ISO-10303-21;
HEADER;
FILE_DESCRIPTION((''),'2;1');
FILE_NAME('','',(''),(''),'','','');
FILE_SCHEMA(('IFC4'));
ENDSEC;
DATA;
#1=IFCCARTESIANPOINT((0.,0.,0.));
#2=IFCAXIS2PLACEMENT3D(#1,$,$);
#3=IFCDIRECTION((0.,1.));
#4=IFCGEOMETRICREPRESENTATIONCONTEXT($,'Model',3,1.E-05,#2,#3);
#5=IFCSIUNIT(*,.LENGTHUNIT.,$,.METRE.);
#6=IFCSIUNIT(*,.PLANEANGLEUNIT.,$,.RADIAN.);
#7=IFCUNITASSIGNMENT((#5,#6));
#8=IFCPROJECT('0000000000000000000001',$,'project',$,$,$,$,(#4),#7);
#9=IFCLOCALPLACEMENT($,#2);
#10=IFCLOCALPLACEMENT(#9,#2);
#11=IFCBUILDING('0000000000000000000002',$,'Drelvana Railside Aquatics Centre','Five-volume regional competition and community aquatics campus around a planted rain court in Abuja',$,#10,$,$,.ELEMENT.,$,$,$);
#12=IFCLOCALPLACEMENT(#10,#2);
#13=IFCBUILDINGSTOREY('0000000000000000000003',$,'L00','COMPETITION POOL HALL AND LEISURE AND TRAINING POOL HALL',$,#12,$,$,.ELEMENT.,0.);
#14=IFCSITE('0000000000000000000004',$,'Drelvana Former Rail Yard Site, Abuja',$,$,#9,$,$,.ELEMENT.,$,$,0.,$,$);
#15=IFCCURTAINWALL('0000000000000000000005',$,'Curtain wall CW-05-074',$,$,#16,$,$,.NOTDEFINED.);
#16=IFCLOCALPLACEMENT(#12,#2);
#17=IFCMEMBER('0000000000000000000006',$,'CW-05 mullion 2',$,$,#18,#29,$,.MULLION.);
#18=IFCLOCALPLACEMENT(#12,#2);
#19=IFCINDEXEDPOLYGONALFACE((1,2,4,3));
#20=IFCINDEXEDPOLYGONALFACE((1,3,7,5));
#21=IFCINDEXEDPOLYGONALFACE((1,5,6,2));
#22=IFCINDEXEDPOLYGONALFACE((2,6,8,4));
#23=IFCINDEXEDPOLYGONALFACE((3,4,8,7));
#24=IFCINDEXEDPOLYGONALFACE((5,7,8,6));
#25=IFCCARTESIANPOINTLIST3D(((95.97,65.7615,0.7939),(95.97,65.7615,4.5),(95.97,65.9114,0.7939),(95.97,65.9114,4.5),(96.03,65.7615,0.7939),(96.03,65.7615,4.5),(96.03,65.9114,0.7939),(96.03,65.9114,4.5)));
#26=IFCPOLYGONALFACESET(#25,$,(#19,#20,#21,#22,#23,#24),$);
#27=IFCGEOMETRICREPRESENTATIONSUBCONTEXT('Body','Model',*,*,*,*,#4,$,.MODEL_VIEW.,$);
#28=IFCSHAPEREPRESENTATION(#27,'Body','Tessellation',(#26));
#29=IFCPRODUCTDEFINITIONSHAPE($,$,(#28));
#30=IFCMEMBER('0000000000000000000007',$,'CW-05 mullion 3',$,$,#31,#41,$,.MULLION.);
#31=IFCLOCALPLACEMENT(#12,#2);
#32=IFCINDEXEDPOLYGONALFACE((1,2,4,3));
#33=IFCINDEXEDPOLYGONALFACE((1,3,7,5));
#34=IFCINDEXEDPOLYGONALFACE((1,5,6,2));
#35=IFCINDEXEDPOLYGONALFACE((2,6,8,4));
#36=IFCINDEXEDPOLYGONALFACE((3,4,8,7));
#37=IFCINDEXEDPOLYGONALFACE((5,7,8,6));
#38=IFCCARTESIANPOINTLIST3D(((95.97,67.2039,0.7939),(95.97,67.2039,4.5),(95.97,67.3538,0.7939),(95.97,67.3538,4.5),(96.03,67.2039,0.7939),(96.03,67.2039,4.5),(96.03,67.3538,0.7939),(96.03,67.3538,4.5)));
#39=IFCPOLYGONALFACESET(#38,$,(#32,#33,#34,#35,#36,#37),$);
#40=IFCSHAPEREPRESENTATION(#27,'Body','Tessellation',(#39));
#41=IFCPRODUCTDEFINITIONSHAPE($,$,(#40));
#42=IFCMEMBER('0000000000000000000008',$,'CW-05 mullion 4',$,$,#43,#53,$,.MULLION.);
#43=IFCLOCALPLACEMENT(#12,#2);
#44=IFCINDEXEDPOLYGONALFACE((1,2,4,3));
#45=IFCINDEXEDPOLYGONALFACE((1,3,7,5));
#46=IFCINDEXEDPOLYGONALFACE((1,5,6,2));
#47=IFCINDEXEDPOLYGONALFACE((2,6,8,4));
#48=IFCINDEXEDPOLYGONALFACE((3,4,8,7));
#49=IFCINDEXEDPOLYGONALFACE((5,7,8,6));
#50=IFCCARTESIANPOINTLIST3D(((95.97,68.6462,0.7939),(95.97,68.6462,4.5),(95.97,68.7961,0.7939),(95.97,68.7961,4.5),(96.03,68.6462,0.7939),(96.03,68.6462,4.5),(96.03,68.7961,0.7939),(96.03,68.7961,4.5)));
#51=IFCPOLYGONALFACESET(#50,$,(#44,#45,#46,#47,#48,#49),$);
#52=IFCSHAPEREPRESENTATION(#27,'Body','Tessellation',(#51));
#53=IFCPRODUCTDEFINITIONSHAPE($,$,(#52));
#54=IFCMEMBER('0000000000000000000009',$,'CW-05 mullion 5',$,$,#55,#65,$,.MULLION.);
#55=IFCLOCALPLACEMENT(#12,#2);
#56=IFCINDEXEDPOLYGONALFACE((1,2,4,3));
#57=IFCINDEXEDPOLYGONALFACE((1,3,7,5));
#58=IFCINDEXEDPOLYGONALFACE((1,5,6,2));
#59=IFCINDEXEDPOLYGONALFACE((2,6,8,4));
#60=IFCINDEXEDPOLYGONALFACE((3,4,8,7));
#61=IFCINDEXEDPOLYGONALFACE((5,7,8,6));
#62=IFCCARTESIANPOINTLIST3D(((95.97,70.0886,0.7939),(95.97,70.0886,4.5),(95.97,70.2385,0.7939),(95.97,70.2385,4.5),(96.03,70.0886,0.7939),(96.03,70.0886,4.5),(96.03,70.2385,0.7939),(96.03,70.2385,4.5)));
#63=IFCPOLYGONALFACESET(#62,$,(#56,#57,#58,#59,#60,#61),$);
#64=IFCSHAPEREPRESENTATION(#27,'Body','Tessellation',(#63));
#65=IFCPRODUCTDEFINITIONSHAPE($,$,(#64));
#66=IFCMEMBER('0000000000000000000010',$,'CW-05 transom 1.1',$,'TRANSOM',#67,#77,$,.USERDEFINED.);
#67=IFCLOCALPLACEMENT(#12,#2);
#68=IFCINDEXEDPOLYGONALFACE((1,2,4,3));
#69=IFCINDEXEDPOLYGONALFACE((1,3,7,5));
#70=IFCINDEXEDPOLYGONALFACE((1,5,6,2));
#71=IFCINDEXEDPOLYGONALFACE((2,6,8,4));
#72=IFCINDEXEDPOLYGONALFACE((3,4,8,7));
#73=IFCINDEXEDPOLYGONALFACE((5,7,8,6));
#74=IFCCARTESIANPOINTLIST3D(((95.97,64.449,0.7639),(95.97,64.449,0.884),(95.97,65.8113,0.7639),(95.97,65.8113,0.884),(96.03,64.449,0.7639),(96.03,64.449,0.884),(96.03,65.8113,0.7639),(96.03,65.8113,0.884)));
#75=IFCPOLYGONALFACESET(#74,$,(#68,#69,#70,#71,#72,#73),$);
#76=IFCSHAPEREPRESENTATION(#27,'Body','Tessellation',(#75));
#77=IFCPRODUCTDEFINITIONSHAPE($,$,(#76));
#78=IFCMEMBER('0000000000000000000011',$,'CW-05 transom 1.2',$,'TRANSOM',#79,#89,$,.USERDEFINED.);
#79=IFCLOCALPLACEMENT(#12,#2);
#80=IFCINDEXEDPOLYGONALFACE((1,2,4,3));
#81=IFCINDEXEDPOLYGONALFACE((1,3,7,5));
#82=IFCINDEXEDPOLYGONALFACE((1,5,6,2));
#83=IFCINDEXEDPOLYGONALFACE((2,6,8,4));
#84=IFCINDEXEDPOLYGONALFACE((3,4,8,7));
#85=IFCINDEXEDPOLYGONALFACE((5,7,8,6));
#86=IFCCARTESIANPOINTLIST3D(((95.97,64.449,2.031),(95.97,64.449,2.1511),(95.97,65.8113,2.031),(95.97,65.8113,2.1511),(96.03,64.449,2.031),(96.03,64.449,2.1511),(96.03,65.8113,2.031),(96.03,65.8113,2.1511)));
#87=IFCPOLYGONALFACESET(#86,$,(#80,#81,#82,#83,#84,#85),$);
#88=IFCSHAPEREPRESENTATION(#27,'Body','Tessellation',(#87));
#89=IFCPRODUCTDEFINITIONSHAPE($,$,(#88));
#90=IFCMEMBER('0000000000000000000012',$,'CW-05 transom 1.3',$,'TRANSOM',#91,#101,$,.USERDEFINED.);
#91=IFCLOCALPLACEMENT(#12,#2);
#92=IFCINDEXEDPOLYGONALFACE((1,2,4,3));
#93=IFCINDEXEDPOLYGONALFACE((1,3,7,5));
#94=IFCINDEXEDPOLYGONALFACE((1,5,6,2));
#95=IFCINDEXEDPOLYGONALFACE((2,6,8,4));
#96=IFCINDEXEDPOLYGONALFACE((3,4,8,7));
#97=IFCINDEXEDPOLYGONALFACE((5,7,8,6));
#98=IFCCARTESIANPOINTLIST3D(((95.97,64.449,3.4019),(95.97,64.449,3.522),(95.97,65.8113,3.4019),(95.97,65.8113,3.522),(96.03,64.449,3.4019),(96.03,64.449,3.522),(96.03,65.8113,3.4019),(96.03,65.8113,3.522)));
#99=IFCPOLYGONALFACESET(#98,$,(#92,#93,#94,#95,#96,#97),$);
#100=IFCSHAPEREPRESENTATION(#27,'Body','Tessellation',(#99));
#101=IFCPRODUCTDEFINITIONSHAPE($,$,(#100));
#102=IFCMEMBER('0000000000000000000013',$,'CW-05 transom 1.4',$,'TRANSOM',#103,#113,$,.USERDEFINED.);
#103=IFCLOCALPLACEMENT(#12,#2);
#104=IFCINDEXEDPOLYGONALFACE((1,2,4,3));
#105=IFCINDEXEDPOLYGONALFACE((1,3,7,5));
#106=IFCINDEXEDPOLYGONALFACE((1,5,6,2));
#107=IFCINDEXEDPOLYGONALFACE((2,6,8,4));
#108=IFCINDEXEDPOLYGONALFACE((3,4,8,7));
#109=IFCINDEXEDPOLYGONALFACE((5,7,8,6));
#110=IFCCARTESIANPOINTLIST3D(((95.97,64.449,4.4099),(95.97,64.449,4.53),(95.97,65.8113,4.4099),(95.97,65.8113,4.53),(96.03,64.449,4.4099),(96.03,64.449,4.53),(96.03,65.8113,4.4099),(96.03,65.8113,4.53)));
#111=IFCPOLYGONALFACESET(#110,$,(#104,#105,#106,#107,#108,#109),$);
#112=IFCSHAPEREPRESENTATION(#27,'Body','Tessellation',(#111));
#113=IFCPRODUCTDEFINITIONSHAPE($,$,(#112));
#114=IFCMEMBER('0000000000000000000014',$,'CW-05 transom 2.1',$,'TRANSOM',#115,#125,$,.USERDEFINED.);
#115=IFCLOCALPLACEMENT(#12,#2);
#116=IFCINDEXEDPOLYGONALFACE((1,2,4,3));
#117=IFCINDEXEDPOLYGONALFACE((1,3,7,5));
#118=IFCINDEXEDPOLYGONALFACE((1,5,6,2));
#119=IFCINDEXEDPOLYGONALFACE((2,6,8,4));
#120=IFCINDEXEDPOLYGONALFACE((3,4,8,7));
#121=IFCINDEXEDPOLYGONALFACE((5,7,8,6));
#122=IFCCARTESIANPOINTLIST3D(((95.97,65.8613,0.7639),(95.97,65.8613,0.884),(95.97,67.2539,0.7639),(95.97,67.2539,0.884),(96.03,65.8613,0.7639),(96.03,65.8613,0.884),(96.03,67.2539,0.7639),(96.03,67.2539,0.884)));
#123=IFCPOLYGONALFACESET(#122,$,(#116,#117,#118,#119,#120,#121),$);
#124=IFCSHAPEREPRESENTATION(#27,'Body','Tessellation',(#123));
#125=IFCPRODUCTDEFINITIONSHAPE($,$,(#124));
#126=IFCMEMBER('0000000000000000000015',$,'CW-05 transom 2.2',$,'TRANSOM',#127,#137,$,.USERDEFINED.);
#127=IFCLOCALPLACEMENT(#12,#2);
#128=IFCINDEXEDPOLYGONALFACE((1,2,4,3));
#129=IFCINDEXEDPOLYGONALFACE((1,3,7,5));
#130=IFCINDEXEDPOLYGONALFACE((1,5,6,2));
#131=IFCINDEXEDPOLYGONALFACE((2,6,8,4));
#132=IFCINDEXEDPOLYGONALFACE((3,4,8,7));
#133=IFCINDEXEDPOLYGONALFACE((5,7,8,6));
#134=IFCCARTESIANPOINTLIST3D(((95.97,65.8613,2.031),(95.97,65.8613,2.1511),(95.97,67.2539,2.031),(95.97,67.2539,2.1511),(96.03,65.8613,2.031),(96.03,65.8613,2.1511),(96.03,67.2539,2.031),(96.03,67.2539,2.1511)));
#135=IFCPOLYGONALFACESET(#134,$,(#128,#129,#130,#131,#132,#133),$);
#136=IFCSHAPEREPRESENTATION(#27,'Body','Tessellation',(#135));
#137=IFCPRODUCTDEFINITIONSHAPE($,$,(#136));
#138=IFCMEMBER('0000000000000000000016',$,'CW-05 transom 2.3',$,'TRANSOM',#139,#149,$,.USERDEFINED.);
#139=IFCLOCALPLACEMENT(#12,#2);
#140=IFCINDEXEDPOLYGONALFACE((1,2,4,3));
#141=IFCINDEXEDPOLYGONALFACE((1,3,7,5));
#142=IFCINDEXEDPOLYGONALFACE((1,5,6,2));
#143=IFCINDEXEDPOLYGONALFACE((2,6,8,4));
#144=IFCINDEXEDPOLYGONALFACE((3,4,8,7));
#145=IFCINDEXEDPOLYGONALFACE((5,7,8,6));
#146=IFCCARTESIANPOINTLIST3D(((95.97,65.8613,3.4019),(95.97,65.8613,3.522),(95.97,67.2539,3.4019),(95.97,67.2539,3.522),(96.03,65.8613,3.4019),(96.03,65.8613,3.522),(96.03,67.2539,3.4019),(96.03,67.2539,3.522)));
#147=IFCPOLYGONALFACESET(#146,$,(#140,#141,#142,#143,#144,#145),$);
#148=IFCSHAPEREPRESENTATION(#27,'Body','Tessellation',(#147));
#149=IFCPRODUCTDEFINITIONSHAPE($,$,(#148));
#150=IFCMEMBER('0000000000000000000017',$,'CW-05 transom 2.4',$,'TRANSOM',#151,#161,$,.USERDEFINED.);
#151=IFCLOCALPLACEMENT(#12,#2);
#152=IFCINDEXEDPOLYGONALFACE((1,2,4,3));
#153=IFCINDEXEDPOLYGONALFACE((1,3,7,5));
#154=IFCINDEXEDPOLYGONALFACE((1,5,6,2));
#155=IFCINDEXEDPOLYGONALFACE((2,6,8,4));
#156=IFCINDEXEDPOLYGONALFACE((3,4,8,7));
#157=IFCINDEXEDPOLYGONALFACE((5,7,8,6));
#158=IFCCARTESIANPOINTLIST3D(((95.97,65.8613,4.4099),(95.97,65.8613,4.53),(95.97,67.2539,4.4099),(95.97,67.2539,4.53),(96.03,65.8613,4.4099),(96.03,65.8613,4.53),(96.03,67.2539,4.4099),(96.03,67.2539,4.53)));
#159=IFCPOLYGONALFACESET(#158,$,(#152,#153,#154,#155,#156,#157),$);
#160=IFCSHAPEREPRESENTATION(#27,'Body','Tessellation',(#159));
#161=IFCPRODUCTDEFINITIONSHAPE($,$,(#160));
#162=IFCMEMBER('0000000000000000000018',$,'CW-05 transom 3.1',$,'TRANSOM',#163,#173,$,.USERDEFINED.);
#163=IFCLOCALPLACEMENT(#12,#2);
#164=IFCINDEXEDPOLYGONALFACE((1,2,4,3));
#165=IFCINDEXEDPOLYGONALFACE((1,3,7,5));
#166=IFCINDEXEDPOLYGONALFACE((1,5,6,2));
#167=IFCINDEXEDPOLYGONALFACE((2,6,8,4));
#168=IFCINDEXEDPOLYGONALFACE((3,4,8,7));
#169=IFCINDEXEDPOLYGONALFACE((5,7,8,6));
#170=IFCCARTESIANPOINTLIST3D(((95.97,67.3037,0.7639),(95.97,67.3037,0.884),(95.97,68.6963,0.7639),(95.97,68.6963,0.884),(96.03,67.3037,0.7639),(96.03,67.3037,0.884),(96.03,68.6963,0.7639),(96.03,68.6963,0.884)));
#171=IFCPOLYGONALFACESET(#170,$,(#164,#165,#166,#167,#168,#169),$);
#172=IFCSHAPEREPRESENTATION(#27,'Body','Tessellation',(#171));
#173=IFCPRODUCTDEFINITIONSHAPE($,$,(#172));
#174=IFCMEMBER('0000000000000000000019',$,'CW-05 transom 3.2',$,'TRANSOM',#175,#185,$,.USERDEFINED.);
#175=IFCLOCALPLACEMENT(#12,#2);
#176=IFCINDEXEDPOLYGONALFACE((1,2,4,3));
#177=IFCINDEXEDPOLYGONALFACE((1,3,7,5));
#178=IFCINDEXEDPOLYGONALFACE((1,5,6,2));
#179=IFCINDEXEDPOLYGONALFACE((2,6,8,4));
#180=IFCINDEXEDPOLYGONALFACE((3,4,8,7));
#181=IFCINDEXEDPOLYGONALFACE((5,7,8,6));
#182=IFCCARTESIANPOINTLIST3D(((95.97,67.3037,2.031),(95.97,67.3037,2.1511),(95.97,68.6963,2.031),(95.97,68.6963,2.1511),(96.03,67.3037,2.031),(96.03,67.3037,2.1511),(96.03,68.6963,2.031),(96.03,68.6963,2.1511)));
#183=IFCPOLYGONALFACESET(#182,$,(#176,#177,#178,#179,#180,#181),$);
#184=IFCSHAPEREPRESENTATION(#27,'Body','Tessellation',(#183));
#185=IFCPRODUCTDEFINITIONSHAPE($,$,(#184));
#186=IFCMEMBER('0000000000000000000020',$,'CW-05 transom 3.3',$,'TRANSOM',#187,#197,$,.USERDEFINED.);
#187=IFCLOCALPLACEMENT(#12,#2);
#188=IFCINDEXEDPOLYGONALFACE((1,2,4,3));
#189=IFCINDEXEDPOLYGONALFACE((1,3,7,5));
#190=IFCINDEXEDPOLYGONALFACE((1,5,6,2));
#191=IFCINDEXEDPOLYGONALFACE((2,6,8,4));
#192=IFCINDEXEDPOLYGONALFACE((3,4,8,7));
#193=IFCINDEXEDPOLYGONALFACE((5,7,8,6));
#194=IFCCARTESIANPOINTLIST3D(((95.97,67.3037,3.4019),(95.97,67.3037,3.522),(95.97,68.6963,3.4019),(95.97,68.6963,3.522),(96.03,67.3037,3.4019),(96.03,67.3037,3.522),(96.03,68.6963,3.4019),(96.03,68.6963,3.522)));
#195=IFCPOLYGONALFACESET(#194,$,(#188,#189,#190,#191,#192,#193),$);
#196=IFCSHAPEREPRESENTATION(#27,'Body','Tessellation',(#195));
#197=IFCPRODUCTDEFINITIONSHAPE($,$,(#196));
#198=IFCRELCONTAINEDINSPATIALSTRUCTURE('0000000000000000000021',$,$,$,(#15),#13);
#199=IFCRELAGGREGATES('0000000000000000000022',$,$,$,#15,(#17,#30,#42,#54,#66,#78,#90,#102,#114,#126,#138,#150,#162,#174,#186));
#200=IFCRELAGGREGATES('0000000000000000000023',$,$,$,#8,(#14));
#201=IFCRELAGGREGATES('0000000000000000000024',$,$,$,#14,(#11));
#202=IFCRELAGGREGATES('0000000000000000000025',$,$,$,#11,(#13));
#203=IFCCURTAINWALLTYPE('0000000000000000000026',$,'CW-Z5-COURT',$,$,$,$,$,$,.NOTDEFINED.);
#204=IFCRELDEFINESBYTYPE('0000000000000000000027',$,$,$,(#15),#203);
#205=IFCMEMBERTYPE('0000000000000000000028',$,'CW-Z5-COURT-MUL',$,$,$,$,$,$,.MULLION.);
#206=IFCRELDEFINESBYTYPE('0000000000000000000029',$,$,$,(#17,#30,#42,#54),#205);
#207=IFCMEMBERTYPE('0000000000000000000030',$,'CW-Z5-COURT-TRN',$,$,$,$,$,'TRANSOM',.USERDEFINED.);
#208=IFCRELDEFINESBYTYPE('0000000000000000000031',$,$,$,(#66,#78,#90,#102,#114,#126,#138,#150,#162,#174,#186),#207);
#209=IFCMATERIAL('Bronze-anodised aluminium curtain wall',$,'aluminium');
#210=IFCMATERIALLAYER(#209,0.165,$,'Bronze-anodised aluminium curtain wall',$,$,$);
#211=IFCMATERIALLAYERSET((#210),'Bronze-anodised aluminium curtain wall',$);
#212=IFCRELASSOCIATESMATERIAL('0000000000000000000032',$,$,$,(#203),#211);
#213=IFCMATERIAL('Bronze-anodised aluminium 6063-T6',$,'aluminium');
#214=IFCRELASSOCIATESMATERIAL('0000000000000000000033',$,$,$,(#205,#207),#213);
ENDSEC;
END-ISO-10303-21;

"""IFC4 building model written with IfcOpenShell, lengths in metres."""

from ifc_helpers import new_model, si_unit, direction, frame, origin, origin_2d, place, context, subcontext, project, spatial, rectangle, extrude, material, layer, layer_set, material_profile, profile_set, type_object, element, aggregate, save


model = new_model("IFC4")

# Units and contexts
model_context = context("Model", 3, precision=1e-05, world=origin(), true_north=direction((0.0, 1.0)))
body_context = subcontext(model_context, "Body", "Model", "MODEL_VIEW")
ifc_project = project(units=[si_unit("LENGTHUNIT", "METRE"), si_unit("PLANEANGLEUNIT", "RADIAN")], contexts=[model_context])

# Site, building, storey
site_placement = place(None, origin())
site = spatial("IfcSite", under=ifc_project, at=site_placement, Name="Drelvana Former Rail Yard Site, Abuja", CompositionType="ELEMENT", RefElevation=0.0)
building_placement = place(site_placement, origin())
building = spatial("IfcBuilding", under=site, at=building_placement, Name="Drelvana Railside Aquatics Centre", Description="Five-volume regional competition and community aquatics campus around a planted rain court in Abuja", CompositionType="ELEMENT")
storey_placement = place(building_placement, origin())
storey = spatial("IfcBuildingStorey", under=building, at=storey_placement, Name="L00", Description="COMPETITION POOL HALL AND LEISURE AND TRAINING POOL HALL", CompositionType="ELEMENT", Elevation=0.0)

# Curtain wall, members
ifc_material_1 = material(Name="Bronze-anodised aluminium curtain wall", Category="aluminium")
ifc_layer_1 = layer(ifc_material_1, 0.165, Name="Bronze-anodised aluminium curtain wall")
ifc_layer_set_1 = layer_set([ifc_layer_1], Name="Bronze-anodised aluminium curtain wall")
curtain_wall_type = type_object("IfcCurtainWallType", Name="CW-Z5-COURT", PredefinedType="NOTDEFINED", material=ifc_layer_set_1)
curtain_wall_placement = place(storey_placement, origin())
curtain_wall = element("IfcCurtainWall", 1, at=curtain_wall_placement, inside=storey, type_object=curtain_wall_type, Name="Curtain wall CW-05-074", PredefinedType="NOTDEFINED")
ifc_material_2 = material(Name="Bronze-anodised aluminium 6063-T6", Category="aluminium")
ifc_material_profile_1 = material_profile(ifc_material_2, rectangle(XDim=0.0601, YDim=0.1499, at=origin_2d()), Name="ALU-M 60x150")
ifc_profile_set_1 = profile_set([ifc_material_profile_1], Name="Bronze-anodised aluminium 6063-T6")
member_type_1 = type_object("IfcMemberType", Name="CW-Z5-COURT-MUL", PredefinedType="MULLION", material=ifc_profile_set_1)
member_1_placement = place(storey_placement, frame((96.0, 65.8364, 0.7939), z_axis=(0.0, 0.0, 1.0), x_axis=(-1.0, 0.0, 0.0)))
member_1 = element("IfcMember", 2, at=member_1_placement, type_object=member_type_1, Name="CW-05 mullion 2", PredefinedType="MULLION", context=body_context, shape_type="SweptSolid", body=[
    extrude(rectangle(XDim=0.0601, YDim=0.1499, at=origin_2d()), origin(), (0.0, 0.0, 1.0), 3.7061),
])
member_2_placement = place(storey_placement, frame((96.0, 67.2788, 0.7939), z_axis=(0.0, 0.0, 1.0), x_axis=(-1.0, 0.0, 0.0)))
member_2 = element("IfcMember", 3, at=member_2_placement, type_object=member_type_1, Name="CW-05 mullion 3", PredefinedType="MULLION", context=body_context, shape_type="SweptSolid", body=[
    extrude(rectangle(XDim=0.0601, YDim=0.1499, at=origin_2d()), origin(), (0.0, 0.0, 1.0), 3.7061),
])
member_3_placement = place(storey_placement, frame((96.0, 68.7212, 0.7939), z_axis=(0.0, 0.0, 1.0), x_axis=(-1.0, 0.0, 0.0)))
member_3 = element("IfcMember", 4, at=member_3_placement, type_object=member_type_1, Name="CW-05 mullion 4", PredefinedType="MULLION", context=body_context, shape_type="SweptSolid", body=[
    extrude(rectangle(XDim=0.0601, YDim=0.1499, at=origin_2d()), origin(), (0.0, 0.0, 1.0), 3.7061),
])
member_4_placement = place(storey_placement, frame((96.0, 70.1636, 0.7939), z_axis=(0.0, 0.0, 1.0), x_axis=(-1.0, 0.0, 0.0)))
member_4 = element("IfcMember", 5, at=member_4_placement, type_object=member_type_1, Name="CW-05 mullion 5", PredefinedType="MULLION", context=body_context, shape_type="SweptSolid", body=[
    extrude(rectangle(XDim=0.0601, YDim=0.1499, at=origin_2d()), origin(), (0.0, 0.0, 1.0), 3.7061),
])
ifc_material_profile_2 = material_profile(ifc_material_2, rectangle(XDim=0.1201, YDim=0.0601, at=origin_2d()), Name="ALU-T 60x120")
ifc_profile_set_2 = profile_set([ifc_material_profile_2], Name="Bronze-anodised aluminium 6063-T6")
member_type_2 = type_object("IfcMemberType", Name="CW-Z5-COURT-TRN", ElementType="TRANSOM", PredefinedType="USERDEFINED", material=ifc_profile_set_2)
member_5_placement = place(storey_placement, frame((96.0, 64.449, 0.824), z_axis=(0.0, 1.0, 0.0), x_axis=(0.0, 0.0, 1.0)))
member_5 = element("IfcMember", 6, at=member_5_placement, type_object=member_type_2, Name="CW-05 transom 1.1", ObjectType="TRANSOM", PredefinedType="USERDEFINED", context=body_context, shape_type="SweptSolid", body=[
    extrude(rectangle(XDim=0.1201, YDim=0.0601, at=origin_2d()), origin(), (0.0, 0.0, 1.0), 1.3623),
])
member_6_placement = place(storey_placement, frame((96.0, 64.449, 2.0911), z_axis=(0.0, 1.0, 0.0), x_axis=(0.0, 0.0, 1.0)))
member_6 = element("IfcMember", 7, at=member_6_placement, type_object=member_type_2, Name="CW-05 transom 1.2", ObjectType="TRANSOM", PredefinedType="USERDEFINED", context=body_context, shape_type="SweptSolid", body=[
    extrude(rectangle(XDim=0.1201, YDim=0.0601, at=origin_2d()), origin(), (0.0, 0.0, 1.0), 1.3623),
])
member_7_placement = place(storey_placement, frame((96.0, 64.449, 3.4619), z_axis=(0.0, 1.0, 0.0), x_axis=(0.0, 0.0, 1.0)))
member_7 = element("IfcMember", 8, at=member_7_placement, type_object=member_type_2, Name="CW-05 transom 1.3", ObjectType="TRANSOM", PredefinedType="USERDEFINED", context=body_context, shape_type="SweptSolid", body=[
    extrude(rectangle(XDim=0.1201, YDim=0.0601, at=origin_2d()), origin(), (0.0, 0.0, 1.0), 1.3623),
])
member_8_placement = place(storey_placement, frame((96.0, 64.449, 4.47), z_axis=(0.0, 1.0, 0.0), x_axis=(0.0, 0.0, 1.0)))
member_8 = element("IfcMember", 9, at=member_8_placement, type_object=member_type_2, Name="CW-05 transom 1.4", ObjectType="TRANSOM", PredefinedType="USERDEFINED", context=body_context, shape_type="SweptSolid", body=[
    extrude(rectangle(XDim=0.1201, YDim=0.0601, at=origin_2d()), origin(), (0.0, 0.0, 1.0), 1.3623),
])
member_9_placement = place(storey_placement, frame((96.0, 65.8613, 0.824), z_axis=(0.0, 1.0, 0.0), x_axis=(0.0, 0.0, 1.0)))
member_9 = element("IfcMember", 10, at=member_9_placement, type_object=member_type_2, Name="CW-05 transom 2.1", ObjectType="TRANSOM", PredefinedType="USERDEFINED", context=body_context, shape_type="SweptSolid", body=[
    extrude(rectangle(XDim=0.1201, YDim=0.0601, at=origin_2d()), origin(), (0.0, 0.0, 1.0), 1.3926),
])
member_10_placement = place(storey_placement, frame((96.0, 65.8613, 2.0911), z_axis=(0.0, 1.0, 0.0), x_axis=(0.0, 0.0, 1.0)))
member_10 = element("IfcMember", 11, at=member_10_placement, type_object=member_type_2, Name="CW-05 transom 2.2", ObjectType="TRANSOM", PredefinedType="USERDEFINED", context=body_context, shape_type="SweptSolid", body=[
    extrude(rectangle(XDim=0.1201, YDim=0.0601, at=origin_2d()), origin(), (0.0, 0.0, 1.0), 1.3926),
])
member_11_placement = place(storey_placement, frame((96.0, 65.8613, 3.4619), z_axis=(0.0, 1.0, 0.0), x_axis=(0.0, 0.0, 1.0)))
member_11 = element("IfcMember", 12, at=member_11_placement, type_object=member_type_2, Name="CW-05 transom 2.3", ObjectType="TRANSOM", PredefinedType="USERDEFINED", context=body_context, shape_type="SweptSolid", body=[
    extrude(rectangle(XDim=0.1201, YDim=0.0601, at=origin_2d()), origin(), (0.0, 0.0, 1.0), 1.3926),
])
member_12_placement = place(storey_placement, frame((96.0, 65.8613, 4.47), z_axis=(0.0, 1.0, 0.0), x_axis=(0.0, 0.0, 1.0)))
member_12 = element("IfcMember", 13, at=member_12_placement, type_object=member_type_2, Name="CW-05 transom 2.4", ObjectType="TRANSOM", PredefinedType="USERDEFINED", context=body_context, shape_type="SweptSolid", body=[
    extrude(rectangle(XDim=0.1201, YDim=0.0601, at=origin_2d()), origin(), (0.0, 0.0, 1.0), 1.3926),
])
member_13_placement = place(storey_placement, frame((96.0, 67.3037, 0.824), z_axis=(0.0, 1.0, 0.0), x_axis=(0.0, 0.0, 1.0)))
member_13 = element("IfcMember", 14, at=member_13_placement, type_object=member_type_2, Name="CW-05 transom 3.1", ObjectType="TRANSOM", PredefinedType="USERDEFINED", context=body_context, shape_type="SweptSolid", body=[
    extrude(rectangle(XDim=0.1201, YDim=0.0601, at=origin_2d()), origin(), (0.0, 0.0, 1.0), 1.3926),
])
member_14_placement = place(storey_placement, frame((96.0, 67.3037, 2.0911), z_axis=(0.0, 1.0, 0.0), x_axis=(0.0, 0.0, 1.0)))
member_14 = element("IfcMember", 15, at=member_14_placement, type_object=member_type_2, Name="CW-05 transom 3.2", ObjectType="TRANSOM", PredefinedType="USERDEFINED", context=body_context, shape_type="SweptSolid", body=[
    extrude(rectangle(XDim=0.1201, YDim=0.0601, at=origin_2d()), origin(), (0.0, 0.0, 1.0), 1.3926),
])
member_15_placement = place(storey_placement, frame((96.0, 67.3037, 3.4619), z_axis=(0.0, 1.0, 0.0), x_axis=(0.0, 0.0, 1.0)))
member_15 = element("IfcMember", 16, at=member_15_placement, type_object=member_type_2, Name="CW-05 transom 3.3", ObjectType="TRANSOM", PredefinedType="USERDEFINED", context=body_context, shape_type="SweptSolid", body=[
    extrude(rectangle(XDim=0.1201, YDim=0.0601, at=origin_2d()), origin(), (0.0, 0.0, 1.0), 1.3926),
])
aggregate(curtain_wall, [member_1, member_2, member_3, member_4, member_5, member_6, member_7, member_8, member_9, member_10, member_11, member_12, member_13, member_14, member_15])

save(model, "model.ifc")
